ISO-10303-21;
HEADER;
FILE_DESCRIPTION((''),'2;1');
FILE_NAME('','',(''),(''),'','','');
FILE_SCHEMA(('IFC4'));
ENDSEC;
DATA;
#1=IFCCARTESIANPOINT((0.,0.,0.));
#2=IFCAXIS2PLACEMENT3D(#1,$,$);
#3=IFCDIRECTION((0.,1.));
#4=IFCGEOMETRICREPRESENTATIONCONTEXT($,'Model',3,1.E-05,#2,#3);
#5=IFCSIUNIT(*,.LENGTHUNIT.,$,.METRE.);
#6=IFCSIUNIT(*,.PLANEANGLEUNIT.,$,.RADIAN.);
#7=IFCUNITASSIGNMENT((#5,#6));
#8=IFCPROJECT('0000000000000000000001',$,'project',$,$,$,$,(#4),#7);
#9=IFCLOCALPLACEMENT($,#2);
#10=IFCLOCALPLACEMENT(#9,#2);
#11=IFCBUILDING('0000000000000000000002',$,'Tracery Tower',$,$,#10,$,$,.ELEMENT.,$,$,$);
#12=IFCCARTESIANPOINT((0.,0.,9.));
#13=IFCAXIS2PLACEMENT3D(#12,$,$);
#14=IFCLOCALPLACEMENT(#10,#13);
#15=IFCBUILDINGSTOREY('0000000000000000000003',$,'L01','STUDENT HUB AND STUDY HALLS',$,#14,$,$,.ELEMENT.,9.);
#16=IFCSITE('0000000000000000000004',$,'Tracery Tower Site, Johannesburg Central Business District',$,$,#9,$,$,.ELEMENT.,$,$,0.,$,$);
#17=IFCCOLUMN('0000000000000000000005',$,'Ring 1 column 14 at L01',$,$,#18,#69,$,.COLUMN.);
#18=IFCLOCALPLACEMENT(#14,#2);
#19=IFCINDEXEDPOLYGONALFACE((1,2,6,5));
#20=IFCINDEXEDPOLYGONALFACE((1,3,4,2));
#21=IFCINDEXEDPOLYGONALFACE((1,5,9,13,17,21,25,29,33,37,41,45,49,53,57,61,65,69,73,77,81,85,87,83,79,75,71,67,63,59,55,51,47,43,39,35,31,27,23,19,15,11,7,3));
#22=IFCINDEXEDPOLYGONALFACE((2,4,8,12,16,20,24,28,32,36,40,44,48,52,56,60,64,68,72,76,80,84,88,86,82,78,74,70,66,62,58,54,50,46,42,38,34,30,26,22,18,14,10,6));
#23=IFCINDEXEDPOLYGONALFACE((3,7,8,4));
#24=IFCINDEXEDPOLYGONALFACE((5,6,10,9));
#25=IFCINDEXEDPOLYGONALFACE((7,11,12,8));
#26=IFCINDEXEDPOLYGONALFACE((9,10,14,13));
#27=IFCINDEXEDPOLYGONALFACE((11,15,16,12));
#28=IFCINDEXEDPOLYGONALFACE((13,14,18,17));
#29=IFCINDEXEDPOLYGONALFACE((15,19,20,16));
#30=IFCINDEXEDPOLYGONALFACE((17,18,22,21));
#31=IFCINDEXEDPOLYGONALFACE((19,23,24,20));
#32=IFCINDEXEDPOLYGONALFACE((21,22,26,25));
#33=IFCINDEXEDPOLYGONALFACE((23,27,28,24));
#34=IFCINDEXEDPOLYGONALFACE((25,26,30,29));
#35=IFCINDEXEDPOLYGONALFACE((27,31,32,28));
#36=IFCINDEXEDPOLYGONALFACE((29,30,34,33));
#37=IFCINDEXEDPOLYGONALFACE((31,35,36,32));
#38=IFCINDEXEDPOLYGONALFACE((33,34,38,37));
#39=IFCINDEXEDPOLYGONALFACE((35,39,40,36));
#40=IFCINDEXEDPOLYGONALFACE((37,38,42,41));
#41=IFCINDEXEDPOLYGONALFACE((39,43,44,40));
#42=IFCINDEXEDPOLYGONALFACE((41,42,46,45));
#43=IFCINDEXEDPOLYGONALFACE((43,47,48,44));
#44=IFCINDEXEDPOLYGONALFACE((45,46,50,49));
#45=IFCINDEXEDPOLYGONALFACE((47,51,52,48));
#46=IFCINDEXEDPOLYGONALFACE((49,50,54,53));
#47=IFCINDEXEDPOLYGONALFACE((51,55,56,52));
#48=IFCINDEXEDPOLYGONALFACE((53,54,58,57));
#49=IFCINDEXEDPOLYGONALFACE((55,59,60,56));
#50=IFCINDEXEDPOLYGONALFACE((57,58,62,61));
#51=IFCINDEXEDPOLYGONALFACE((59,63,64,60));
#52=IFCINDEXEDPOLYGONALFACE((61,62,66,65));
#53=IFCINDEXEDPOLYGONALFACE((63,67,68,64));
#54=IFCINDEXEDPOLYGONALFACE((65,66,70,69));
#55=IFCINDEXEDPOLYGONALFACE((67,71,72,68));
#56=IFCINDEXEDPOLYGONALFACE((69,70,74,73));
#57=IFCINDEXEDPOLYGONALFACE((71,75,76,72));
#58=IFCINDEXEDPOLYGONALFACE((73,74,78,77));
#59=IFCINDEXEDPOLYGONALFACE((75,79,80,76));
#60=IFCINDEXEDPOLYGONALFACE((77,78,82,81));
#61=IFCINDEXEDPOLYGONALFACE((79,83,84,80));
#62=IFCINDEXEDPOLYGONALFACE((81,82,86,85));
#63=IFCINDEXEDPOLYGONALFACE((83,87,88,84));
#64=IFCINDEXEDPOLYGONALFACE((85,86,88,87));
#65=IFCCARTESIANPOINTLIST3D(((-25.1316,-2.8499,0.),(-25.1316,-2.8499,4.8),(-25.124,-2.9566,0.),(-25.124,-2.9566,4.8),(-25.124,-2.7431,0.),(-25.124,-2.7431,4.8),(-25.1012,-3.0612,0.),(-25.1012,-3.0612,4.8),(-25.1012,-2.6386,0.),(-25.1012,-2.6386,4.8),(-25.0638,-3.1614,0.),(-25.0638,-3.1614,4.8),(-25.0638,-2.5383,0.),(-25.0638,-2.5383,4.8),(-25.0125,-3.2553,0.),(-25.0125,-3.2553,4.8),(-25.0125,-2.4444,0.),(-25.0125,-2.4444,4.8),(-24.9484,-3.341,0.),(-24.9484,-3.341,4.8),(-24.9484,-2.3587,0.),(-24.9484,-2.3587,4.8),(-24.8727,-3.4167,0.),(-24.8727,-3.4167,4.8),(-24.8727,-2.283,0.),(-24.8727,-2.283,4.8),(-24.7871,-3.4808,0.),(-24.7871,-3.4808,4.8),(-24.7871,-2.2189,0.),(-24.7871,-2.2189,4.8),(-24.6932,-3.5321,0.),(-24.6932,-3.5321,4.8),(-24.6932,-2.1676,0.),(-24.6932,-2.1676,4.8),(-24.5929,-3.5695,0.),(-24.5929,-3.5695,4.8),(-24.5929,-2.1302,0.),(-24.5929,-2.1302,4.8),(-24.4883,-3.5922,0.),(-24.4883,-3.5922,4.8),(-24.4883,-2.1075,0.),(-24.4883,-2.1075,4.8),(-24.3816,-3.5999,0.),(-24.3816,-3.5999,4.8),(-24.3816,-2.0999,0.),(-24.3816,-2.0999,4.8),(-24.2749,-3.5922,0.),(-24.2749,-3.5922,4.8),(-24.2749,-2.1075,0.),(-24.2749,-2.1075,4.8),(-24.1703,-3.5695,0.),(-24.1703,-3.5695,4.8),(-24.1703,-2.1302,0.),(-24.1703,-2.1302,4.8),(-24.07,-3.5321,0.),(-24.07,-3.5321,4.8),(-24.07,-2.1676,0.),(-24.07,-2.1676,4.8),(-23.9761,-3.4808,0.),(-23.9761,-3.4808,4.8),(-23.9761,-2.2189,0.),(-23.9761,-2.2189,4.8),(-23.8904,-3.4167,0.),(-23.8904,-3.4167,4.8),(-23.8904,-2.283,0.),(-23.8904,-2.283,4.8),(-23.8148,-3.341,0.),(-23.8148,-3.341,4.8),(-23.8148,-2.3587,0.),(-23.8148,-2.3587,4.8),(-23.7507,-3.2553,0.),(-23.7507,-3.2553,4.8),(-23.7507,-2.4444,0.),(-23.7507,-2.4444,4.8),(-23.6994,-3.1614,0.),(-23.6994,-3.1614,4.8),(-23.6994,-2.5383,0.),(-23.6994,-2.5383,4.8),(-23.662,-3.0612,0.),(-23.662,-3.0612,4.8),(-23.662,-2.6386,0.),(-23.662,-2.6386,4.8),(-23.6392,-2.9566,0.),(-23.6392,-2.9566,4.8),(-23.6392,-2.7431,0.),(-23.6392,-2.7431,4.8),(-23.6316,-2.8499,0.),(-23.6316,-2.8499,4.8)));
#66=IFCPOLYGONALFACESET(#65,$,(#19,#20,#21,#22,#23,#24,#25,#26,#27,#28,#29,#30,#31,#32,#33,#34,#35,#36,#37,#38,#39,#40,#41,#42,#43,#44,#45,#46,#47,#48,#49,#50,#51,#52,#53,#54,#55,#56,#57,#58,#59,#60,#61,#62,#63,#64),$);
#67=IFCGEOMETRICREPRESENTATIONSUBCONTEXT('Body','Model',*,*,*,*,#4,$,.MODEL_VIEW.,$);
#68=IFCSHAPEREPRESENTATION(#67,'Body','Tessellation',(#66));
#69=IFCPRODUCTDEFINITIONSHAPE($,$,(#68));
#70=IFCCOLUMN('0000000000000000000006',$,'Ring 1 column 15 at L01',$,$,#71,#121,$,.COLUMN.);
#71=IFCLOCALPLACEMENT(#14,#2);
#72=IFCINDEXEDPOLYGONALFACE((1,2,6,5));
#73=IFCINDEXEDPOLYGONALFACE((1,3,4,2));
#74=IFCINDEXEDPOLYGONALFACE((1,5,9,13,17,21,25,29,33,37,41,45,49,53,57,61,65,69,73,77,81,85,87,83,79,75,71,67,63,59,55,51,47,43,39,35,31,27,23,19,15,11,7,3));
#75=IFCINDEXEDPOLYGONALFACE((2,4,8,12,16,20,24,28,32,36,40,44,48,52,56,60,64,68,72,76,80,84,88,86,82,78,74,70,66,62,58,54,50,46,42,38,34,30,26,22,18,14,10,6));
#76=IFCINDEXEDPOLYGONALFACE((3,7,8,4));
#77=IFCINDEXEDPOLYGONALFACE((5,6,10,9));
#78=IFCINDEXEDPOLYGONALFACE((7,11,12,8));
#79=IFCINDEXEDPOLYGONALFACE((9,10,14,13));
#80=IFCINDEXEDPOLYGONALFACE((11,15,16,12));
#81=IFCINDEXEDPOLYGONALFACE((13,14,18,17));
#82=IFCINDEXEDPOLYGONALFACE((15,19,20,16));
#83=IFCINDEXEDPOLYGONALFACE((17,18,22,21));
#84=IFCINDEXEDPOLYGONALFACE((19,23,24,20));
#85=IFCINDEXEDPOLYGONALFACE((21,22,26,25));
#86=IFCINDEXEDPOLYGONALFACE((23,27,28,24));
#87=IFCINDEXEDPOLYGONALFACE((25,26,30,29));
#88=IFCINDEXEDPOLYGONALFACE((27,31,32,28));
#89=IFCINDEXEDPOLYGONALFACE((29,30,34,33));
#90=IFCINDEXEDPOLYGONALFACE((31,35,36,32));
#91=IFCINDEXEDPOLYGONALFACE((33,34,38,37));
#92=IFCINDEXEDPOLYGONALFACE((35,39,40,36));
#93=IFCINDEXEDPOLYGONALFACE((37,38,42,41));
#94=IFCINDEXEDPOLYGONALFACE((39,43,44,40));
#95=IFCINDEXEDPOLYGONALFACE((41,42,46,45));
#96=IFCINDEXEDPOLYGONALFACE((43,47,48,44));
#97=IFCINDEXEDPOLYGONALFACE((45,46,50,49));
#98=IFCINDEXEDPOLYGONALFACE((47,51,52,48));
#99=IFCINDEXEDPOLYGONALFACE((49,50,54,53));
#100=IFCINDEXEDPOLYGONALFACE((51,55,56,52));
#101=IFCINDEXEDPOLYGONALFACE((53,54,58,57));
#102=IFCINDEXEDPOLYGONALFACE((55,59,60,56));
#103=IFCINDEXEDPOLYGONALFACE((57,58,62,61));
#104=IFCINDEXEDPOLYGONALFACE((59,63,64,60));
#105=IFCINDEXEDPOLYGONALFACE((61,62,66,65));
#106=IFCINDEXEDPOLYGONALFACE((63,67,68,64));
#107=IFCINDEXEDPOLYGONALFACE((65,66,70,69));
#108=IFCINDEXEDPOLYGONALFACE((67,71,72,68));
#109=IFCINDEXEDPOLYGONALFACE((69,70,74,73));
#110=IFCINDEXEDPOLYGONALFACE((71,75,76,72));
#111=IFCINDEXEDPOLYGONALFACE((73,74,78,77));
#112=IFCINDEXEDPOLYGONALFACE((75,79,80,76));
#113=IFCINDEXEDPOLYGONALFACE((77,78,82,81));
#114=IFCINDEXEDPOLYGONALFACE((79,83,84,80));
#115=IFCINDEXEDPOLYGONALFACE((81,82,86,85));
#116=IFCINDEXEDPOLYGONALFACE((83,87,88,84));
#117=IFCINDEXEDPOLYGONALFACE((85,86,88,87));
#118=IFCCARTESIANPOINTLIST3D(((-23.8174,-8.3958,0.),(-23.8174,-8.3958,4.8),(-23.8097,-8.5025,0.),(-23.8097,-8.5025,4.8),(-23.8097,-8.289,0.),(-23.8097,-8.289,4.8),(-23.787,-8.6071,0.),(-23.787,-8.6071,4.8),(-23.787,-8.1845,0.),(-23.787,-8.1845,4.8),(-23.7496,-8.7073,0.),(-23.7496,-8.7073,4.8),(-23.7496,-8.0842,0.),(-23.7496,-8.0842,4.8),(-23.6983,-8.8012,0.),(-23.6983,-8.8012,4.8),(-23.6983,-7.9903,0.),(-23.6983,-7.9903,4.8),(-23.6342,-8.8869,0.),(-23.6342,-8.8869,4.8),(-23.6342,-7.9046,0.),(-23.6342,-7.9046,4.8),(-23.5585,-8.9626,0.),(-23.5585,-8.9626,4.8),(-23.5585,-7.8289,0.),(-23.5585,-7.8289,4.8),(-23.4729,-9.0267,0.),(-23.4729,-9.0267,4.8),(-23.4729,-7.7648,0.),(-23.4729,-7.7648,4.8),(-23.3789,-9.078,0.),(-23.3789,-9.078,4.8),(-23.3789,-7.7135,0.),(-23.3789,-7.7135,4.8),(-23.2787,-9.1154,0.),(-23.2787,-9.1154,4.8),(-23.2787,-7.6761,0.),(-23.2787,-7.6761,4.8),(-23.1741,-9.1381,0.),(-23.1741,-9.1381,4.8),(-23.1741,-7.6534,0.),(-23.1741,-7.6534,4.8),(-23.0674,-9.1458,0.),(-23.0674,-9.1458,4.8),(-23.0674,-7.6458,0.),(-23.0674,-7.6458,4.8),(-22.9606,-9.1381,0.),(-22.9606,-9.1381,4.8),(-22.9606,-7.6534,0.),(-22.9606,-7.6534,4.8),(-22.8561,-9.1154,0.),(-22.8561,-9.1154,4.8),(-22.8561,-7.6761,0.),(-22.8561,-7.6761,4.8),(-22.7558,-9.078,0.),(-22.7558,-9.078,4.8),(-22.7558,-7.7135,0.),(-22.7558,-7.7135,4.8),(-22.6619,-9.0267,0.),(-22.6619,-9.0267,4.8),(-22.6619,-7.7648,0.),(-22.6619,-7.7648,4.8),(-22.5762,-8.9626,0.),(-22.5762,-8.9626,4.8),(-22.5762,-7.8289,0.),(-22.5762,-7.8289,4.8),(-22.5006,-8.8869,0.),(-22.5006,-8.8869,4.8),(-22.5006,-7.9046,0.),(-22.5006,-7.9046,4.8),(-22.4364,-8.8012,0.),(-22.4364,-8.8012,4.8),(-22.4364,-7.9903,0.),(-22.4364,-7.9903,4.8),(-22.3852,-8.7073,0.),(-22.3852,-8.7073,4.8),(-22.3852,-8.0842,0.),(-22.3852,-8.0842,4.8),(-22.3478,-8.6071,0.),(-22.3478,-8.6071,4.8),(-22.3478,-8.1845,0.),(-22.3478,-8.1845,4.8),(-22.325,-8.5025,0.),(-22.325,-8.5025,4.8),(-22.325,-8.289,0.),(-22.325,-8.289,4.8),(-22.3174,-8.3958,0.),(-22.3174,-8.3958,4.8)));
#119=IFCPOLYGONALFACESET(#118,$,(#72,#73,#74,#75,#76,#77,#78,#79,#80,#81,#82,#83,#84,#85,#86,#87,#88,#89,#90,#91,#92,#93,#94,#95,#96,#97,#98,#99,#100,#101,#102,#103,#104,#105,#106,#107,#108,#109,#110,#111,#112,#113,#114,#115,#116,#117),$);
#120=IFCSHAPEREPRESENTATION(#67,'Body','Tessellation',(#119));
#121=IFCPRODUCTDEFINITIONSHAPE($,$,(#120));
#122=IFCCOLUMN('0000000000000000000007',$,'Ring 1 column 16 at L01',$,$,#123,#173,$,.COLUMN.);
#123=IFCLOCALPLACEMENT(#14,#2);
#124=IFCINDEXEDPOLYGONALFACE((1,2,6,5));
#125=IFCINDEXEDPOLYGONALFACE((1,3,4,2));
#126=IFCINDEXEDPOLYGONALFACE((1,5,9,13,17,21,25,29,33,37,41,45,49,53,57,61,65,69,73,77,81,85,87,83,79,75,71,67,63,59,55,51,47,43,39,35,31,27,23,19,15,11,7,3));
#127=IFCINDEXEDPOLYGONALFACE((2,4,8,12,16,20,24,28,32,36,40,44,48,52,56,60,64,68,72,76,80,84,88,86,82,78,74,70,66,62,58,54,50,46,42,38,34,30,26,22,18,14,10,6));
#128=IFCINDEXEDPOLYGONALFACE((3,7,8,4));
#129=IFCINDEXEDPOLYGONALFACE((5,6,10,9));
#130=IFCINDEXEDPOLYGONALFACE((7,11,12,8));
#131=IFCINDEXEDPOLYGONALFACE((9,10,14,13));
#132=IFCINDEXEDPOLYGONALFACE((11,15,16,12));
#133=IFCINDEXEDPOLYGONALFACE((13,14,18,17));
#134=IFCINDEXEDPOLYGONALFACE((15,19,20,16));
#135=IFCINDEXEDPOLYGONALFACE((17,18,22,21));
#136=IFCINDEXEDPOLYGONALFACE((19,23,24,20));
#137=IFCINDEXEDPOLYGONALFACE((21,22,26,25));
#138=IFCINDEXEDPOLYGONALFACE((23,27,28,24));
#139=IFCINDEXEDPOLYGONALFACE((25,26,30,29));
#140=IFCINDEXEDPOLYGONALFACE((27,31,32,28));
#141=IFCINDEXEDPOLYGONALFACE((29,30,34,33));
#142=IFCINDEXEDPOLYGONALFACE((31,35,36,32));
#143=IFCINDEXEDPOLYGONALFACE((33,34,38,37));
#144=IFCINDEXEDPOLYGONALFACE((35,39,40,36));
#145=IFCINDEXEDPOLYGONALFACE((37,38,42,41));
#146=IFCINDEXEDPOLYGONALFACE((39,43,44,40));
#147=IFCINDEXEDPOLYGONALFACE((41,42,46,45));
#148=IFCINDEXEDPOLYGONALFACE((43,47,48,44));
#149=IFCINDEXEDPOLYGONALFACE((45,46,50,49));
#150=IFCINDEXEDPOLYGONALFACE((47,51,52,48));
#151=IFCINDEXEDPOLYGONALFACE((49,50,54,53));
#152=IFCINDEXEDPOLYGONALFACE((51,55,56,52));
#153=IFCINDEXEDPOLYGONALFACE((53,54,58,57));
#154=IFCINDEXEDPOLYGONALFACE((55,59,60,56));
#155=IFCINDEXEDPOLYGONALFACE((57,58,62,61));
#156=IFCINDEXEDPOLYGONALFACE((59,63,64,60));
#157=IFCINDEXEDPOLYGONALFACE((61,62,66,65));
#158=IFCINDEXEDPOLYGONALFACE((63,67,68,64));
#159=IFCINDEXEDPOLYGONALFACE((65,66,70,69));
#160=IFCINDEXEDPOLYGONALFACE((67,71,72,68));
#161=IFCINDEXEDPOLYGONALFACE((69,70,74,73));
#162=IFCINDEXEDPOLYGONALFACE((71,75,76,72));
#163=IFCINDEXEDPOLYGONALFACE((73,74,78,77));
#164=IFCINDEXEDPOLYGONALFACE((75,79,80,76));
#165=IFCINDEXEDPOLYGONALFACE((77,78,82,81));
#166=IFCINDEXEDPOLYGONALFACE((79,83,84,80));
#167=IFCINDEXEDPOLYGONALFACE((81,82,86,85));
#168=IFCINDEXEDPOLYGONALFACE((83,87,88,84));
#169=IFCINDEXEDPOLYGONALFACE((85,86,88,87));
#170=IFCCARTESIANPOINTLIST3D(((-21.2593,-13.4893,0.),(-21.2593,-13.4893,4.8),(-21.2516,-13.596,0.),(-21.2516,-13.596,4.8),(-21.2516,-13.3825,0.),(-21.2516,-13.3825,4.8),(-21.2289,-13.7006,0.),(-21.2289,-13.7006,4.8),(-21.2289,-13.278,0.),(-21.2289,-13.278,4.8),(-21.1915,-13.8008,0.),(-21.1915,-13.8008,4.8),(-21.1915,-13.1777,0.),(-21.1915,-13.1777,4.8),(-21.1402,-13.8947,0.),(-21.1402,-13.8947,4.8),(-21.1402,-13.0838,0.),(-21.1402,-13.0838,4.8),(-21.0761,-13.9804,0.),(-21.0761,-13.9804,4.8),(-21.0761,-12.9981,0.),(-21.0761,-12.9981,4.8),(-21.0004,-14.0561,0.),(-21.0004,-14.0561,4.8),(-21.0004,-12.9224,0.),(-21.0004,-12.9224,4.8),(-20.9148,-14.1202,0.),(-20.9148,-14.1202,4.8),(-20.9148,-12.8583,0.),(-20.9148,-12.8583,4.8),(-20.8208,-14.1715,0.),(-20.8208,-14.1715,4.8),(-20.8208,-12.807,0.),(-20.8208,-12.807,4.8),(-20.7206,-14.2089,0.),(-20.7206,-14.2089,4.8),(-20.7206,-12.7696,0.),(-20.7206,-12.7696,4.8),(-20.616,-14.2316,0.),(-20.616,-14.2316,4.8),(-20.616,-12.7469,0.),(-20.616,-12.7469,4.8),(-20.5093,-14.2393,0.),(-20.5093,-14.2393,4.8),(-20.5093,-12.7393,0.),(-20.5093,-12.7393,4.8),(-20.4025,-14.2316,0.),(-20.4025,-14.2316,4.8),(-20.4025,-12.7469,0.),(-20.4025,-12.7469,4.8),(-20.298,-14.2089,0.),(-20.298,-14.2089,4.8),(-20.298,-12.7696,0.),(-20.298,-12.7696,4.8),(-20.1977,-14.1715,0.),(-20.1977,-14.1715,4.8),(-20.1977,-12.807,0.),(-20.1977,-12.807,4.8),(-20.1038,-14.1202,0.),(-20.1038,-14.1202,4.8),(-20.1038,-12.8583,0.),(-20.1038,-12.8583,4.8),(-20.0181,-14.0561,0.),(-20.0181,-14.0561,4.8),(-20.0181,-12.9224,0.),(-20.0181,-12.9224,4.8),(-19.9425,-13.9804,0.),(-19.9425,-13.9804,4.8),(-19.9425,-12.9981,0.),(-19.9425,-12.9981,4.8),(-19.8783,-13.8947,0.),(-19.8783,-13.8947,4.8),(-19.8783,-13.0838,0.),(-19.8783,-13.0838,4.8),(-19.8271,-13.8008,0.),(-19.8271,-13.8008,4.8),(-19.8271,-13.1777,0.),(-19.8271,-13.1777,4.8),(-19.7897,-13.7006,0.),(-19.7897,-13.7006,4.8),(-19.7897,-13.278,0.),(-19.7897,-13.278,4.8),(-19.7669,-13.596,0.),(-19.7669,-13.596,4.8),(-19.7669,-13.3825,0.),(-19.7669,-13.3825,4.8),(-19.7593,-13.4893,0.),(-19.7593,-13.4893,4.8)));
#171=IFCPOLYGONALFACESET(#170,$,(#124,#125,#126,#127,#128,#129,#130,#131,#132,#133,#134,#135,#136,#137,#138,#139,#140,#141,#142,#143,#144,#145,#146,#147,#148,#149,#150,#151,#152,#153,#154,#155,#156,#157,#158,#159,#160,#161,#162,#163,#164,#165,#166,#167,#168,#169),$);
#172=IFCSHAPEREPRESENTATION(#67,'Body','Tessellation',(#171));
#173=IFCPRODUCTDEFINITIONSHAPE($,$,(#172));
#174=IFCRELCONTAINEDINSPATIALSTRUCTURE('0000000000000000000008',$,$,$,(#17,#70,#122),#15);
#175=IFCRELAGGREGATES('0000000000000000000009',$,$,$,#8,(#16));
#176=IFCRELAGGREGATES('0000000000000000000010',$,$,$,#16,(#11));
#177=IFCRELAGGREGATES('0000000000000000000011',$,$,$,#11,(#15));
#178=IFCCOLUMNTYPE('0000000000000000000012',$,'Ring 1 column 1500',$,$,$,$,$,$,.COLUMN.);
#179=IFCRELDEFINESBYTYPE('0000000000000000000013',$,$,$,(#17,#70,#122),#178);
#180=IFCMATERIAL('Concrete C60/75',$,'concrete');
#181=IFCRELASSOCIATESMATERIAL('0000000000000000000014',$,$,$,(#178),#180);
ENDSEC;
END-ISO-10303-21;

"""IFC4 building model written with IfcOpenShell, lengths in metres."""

from ifc_helpers import new_model, si_unit, direction, frame, origin, origin_2d, place, context, subcontext, project, spatial, circle, extrude, material, material_profile, profile_set, type_object, element, save


model = new_model("IFC4")

# Units and contexts
model_context = context("Model", 3, precision=1e-05, world=origin(), true_north=direction((0.0, 1.0)))
body_context = subcontext(model_context, "Body", "Model", "MODEL_VIEW")
ifc_project = project(units=[si_unit("LENGTHUNIT", "METRE"), si_unit("PLANEANGLEUNIT", "RADIAN")], contexts=[model_context])

# Site, building, storey
site_placement = place(None, origin())
site = spatial("IfcSite", under=ifc_project, at=site_placement, Name="Tracery Tower Site, Johannesburg Central Business District", CompositionType="ELEMENT", RefElevation=0.0)
building_placement = place(site_placement, origin())
building = spatial("IfcBuilding", under=site, at=building_placement, Name="Tracery Tower", CompositionType="ELEMENT")
storey_placement = place(building_placement, frame((0.0, 0.0, 9.0)))
storey = spatial("IfcBuildingStorey", under=building, at=storey_placement, Name="L01", Description="STUDENT HUB AND STUDY HALLS", CompositionType="ELEMENT", Elevation=9.0)

# Columns
ifc_material_1 = material(Name="Concrete C60/75", Category="concrete")
ifc_material_profile_1 = material_profile(ifc_material_1, circle(Radius=0.75, at=origin_2d()), Name="RC D1500")
ifc_profile_set_1 = profile_set([ifc_material_profile_1], Name="Concrete C60/75")
column_type_1 = type_object("IfcColumnType", Name="Ring 1 column 1500", PredefinedType="COLUMN", material=ifc_profile_set_1)
for number, where, z_axis, x_axis, name in (
    (1, (-24.3816, -2.8499, 0.0), (0.0, 0.0, 1.0), (1.0, 0.0, 0.0), "Ring 1 column 14 at L01"),
    (2, (-23.0674, -8.3958, 0.0), (0.0, 0.0, 1.0), (1.0, 0.0, 0.0), "Ring 1 column 15 at L01"),
    (3, (-20.5093, -13.4893, 0.0), (0.0, 0.0, 1.0), (1.0, 0.0, 0.0), "Ring 1 column 16 at L01"),
):
    element("IfcColumn", number, at=place(storey_placement, frame(where, z_axis=z_axis, x_axis=x_axis)), inside=storey, type_object=column_type_1, Name=name, PredefinedType="COLUMN", context=body_context, shape_type="SweptSolid", body=[
        extrude(circle(Radius=0.75, at=origin_2d()), origin(), (0.0, 0.0, 1.0), 4.8),
    ])

save(model, "model.ifc")
